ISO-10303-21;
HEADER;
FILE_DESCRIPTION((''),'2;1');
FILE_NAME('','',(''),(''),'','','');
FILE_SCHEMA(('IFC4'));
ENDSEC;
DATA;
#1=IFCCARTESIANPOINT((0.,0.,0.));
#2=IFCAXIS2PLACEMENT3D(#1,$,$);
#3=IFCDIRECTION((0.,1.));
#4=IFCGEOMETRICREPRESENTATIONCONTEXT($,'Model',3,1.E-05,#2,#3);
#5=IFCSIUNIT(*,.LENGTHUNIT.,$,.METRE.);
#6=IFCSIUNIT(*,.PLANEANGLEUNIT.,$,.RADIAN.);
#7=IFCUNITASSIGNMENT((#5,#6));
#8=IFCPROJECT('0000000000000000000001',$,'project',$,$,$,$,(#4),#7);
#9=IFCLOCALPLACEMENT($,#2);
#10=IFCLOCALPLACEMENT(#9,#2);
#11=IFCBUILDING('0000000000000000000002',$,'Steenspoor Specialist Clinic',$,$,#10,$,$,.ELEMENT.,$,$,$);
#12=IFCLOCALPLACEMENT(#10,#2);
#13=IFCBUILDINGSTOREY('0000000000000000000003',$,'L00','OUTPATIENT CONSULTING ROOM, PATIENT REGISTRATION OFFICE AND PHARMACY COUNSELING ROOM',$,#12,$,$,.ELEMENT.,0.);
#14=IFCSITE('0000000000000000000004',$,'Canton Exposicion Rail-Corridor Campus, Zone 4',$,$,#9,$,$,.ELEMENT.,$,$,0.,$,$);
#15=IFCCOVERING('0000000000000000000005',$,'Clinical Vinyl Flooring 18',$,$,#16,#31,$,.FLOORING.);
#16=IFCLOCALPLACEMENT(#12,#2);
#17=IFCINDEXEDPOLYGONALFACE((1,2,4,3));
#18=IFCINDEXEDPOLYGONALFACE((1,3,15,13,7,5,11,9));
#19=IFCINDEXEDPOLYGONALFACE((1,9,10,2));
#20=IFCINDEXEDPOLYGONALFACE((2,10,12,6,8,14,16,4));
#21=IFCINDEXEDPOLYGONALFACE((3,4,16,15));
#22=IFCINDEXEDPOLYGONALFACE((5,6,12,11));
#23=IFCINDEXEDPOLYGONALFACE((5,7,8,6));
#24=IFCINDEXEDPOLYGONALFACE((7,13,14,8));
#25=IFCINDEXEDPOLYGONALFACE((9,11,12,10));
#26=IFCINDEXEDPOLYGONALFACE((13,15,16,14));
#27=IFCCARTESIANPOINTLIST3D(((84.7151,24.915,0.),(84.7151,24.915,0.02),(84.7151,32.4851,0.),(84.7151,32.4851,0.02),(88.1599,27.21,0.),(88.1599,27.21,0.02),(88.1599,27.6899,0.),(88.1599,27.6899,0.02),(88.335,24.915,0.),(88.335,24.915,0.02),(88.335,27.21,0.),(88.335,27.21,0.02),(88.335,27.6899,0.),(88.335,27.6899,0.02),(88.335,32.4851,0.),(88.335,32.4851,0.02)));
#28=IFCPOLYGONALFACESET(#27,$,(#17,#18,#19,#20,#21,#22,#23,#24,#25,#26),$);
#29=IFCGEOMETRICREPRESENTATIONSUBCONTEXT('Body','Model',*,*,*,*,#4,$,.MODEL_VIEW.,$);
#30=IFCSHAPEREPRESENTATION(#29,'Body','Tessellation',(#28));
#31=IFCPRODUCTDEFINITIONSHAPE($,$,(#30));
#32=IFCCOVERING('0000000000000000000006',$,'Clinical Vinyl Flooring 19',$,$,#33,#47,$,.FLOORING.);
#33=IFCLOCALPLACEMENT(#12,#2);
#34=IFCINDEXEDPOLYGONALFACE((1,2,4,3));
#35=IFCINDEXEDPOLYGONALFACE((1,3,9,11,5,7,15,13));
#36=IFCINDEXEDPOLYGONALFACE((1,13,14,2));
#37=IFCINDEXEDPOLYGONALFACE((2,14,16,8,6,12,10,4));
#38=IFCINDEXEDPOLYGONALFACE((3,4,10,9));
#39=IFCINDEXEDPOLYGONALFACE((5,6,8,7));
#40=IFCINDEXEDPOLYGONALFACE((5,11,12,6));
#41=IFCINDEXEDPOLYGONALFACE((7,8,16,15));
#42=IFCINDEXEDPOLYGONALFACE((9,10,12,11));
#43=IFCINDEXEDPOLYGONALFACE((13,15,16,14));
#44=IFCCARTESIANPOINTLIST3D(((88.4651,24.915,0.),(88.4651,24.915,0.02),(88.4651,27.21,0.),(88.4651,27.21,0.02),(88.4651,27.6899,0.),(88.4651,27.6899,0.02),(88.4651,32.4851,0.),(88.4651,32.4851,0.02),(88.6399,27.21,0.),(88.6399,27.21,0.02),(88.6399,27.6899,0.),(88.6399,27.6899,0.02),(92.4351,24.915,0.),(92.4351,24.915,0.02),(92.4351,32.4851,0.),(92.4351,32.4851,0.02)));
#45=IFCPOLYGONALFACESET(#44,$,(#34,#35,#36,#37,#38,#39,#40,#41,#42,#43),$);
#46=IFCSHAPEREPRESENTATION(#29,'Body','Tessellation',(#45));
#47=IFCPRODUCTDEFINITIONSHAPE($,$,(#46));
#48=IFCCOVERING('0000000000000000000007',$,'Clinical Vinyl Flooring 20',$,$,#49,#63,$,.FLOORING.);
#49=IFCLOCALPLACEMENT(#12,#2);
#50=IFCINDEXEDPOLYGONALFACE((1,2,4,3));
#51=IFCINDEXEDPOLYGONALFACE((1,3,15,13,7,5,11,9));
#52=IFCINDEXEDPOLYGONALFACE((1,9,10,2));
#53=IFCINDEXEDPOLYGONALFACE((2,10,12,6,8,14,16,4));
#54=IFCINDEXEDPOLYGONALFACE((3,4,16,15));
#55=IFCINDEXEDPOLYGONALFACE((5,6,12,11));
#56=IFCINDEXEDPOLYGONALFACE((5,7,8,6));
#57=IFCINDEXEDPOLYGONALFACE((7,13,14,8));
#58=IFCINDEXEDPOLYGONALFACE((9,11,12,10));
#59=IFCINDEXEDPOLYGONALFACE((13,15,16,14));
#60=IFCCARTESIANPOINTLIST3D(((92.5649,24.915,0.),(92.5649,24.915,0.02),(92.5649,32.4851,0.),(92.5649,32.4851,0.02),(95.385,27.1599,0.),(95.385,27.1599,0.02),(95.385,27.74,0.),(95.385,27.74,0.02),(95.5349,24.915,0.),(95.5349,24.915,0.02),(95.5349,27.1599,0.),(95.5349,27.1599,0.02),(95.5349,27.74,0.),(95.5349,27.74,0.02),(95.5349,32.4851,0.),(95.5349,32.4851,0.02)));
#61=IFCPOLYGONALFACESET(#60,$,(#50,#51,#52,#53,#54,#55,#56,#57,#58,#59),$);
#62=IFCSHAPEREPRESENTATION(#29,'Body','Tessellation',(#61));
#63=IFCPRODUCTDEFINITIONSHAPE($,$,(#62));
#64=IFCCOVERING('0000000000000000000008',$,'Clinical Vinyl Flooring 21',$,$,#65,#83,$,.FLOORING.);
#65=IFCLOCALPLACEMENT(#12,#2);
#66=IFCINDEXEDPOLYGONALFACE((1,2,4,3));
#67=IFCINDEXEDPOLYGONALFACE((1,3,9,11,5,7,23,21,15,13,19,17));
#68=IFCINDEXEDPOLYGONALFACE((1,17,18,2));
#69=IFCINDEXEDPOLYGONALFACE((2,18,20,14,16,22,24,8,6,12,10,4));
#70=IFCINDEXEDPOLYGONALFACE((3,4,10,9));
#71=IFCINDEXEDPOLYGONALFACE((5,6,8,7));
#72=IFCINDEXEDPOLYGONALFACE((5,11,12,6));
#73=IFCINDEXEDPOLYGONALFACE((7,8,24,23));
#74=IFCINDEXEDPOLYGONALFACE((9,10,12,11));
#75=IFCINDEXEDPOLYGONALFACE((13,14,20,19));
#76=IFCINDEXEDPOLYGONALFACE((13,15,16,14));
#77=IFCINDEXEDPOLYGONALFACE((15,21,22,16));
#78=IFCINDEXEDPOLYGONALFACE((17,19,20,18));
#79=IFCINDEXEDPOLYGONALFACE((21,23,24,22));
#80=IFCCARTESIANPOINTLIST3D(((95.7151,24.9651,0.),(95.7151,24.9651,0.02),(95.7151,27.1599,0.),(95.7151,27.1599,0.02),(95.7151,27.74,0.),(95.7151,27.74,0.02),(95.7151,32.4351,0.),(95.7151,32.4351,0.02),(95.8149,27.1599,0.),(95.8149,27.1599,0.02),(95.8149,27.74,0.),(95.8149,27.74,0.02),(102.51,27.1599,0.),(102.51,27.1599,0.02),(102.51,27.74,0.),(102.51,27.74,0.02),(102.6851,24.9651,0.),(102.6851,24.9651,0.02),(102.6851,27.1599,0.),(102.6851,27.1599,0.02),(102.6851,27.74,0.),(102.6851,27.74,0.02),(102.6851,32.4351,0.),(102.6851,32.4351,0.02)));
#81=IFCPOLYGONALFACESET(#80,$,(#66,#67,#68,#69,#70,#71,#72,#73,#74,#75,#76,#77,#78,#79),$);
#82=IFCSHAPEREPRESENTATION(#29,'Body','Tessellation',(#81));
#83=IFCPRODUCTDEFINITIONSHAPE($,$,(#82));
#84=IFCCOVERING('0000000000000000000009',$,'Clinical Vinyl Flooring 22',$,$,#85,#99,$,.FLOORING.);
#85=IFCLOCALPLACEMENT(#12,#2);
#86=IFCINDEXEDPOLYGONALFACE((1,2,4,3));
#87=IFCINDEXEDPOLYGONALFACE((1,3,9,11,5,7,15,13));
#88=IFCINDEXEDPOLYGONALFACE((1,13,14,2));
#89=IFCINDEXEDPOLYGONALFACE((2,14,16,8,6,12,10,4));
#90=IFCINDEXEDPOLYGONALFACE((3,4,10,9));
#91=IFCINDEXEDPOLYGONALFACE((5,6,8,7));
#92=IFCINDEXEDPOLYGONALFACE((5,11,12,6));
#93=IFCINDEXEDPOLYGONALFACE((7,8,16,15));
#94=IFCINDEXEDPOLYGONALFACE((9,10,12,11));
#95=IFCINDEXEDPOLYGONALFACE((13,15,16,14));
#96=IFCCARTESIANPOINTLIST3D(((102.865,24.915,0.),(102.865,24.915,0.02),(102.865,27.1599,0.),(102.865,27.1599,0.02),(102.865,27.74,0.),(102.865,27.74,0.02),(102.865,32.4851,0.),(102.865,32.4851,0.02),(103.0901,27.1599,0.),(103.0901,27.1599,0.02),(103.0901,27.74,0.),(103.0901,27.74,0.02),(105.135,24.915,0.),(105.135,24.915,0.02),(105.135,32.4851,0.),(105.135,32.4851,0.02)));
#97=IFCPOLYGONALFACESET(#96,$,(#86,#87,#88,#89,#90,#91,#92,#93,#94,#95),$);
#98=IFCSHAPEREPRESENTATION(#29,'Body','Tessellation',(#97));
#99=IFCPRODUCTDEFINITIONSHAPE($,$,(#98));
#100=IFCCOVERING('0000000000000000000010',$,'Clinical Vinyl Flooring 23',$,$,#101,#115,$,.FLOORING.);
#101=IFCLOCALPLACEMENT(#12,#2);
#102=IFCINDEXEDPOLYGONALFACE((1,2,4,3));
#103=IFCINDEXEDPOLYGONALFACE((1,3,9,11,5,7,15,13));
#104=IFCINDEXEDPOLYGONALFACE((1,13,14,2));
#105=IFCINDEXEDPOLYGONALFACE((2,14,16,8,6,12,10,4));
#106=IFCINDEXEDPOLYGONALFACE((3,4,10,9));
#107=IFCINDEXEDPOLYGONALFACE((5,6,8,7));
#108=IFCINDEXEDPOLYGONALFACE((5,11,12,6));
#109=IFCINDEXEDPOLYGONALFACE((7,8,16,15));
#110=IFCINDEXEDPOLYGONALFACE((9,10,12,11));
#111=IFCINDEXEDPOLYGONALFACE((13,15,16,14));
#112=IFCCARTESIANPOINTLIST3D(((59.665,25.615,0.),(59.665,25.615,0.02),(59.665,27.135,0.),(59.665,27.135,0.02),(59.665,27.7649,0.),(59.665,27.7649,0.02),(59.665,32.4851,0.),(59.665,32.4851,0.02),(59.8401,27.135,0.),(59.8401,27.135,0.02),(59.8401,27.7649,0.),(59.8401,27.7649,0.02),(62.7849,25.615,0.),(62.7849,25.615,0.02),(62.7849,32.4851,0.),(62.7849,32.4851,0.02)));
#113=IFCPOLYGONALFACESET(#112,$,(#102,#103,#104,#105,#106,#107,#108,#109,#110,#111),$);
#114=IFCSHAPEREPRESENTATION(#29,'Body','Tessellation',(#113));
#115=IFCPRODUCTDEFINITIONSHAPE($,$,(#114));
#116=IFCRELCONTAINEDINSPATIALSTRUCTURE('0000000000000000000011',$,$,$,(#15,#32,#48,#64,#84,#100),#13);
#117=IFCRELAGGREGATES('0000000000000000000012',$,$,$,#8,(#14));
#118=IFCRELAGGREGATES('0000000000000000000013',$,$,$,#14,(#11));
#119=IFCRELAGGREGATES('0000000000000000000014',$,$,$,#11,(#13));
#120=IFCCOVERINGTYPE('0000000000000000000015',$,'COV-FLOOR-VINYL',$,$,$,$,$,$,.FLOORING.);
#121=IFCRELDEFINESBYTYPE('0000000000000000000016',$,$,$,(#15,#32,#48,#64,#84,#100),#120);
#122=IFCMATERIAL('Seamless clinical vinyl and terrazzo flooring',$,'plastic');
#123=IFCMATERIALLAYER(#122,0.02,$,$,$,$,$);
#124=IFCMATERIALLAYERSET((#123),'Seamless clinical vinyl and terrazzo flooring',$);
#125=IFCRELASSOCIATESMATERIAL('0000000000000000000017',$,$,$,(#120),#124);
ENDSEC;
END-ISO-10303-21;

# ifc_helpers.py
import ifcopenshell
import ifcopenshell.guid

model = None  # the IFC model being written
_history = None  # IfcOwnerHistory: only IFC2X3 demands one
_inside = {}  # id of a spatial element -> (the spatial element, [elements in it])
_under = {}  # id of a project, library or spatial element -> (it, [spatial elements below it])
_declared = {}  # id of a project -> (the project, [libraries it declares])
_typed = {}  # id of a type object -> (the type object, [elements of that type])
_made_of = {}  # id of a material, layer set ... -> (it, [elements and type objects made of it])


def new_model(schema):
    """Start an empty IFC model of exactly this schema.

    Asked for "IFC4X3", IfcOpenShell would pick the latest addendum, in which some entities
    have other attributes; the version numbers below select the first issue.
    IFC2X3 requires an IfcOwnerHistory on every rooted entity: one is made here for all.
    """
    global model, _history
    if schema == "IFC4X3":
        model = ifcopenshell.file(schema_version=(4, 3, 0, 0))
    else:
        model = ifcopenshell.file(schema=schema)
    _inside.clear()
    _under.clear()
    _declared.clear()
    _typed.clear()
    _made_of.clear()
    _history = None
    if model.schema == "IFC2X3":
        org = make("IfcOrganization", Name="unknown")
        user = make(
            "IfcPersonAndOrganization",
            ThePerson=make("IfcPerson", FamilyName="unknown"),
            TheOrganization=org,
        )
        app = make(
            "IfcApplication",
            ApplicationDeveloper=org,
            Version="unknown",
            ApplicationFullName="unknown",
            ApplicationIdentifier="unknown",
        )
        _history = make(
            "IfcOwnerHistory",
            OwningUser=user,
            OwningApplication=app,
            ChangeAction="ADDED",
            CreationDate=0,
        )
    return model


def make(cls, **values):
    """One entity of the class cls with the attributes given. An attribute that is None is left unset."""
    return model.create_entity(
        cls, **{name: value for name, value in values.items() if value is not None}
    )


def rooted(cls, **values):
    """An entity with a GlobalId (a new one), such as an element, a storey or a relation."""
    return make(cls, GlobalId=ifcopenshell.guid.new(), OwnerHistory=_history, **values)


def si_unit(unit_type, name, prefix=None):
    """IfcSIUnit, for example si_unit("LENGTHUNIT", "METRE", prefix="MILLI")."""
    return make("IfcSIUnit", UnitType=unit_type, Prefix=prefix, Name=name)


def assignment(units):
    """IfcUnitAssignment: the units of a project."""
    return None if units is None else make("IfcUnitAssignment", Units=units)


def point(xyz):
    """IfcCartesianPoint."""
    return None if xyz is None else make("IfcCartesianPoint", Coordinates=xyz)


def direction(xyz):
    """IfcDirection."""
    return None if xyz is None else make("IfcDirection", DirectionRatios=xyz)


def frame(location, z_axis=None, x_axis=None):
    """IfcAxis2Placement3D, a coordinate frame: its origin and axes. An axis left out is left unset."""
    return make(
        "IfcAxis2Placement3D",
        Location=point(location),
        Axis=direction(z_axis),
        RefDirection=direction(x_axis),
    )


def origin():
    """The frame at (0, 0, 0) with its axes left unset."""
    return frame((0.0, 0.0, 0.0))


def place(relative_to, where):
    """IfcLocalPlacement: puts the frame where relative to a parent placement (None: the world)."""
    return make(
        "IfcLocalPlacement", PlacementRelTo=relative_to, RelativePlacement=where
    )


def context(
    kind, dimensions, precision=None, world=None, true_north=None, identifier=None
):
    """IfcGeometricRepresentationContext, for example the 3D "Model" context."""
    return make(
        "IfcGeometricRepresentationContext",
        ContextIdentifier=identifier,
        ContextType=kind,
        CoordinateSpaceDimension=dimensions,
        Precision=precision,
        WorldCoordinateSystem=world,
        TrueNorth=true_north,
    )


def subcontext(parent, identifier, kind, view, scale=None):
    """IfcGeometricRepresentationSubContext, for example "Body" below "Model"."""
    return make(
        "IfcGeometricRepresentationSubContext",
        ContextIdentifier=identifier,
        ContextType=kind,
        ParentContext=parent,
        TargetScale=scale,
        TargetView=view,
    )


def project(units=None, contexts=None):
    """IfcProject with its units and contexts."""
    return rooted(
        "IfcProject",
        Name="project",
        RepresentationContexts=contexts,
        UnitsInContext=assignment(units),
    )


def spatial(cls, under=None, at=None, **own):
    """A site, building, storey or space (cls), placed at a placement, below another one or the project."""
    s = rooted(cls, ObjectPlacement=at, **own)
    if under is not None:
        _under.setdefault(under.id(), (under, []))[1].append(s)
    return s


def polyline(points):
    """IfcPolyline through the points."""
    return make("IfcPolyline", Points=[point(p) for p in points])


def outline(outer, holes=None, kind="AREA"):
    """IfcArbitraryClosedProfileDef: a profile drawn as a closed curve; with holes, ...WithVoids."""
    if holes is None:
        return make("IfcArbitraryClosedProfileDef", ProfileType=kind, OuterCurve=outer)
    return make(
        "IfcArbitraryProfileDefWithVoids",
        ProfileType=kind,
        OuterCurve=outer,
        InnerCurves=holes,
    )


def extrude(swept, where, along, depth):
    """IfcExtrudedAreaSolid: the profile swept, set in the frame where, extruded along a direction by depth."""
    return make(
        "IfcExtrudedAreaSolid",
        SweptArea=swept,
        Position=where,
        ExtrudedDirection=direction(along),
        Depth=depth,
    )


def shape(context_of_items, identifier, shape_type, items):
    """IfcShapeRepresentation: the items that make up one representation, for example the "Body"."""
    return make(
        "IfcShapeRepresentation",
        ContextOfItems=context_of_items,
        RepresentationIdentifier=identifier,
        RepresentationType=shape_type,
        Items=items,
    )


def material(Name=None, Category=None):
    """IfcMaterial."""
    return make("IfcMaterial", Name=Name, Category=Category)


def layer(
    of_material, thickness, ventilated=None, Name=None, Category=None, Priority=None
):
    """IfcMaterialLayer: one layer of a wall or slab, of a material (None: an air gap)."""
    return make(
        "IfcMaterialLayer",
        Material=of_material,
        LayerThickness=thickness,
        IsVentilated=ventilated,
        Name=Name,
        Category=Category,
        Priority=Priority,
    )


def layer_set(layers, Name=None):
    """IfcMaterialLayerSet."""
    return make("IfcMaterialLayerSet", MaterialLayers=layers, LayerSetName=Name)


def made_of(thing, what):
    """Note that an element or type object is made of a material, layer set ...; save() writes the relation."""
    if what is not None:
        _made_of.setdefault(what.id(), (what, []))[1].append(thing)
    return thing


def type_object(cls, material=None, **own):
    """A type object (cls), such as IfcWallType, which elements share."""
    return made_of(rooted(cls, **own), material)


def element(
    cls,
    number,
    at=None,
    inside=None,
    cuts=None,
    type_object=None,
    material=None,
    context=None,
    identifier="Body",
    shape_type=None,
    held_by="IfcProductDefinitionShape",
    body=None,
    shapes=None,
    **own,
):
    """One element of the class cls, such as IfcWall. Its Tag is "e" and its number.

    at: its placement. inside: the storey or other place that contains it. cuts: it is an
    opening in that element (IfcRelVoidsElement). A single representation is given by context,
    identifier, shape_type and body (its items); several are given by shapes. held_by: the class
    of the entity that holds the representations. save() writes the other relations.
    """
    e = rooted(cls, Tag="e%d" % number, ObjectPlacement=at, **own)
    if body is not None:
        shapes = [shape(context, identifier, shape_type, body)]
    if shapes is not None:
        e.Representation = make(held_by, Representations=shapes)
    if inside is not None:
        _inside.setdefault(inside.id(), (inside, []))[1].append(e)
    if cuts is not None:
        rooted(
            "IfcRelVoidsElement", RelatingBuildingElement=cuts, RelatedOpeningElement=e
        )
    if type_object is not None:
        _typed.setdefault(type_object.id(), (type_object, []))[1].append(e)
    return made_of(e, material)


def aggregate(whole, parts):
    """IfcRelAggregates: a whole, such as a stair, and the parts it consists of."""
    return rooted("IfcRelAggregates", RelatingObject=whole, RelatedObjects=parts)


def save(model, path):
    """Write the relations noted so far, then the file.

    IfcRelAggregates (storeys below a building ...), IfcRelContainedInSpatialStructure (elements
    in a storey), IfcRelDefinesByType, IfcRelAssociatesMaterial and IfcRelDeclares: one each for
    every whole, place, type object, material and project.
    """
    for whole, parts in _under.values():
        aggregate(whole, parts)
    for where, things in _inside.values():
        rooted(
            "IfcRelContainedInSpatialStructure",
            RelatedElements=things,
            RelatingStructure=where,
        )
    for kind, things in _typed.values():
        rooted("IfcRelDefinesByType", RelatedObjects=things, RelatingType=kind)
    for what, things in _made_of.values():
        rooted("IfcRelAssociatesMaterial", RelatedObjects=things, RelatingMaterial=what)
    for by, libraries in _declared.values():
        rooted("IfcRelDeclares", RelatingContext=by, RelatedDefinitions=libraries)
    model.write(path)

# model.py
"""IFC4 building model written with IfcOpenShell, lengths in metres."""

from ifc_helpers import new_model, si_unit, direction, origin, place, context, subcontext, project, spatial, polyline, outline, extrude, material, layer, layer_set, type_object, element, save


model = new_model("IFC4")

# Units and contexts
model_context = context("Model", 3, precision=1e-05, world=origin(), true_north=direction((0.0, 1.0)))
body_context = subcontext(model_context, "Body", "Model", "MODEL_VIEW")
ifc_project = project(units=[si_unit("LENGTHUNIT", "METRE"), si_unit("PLANEANGLEUNIT", "RADIAN")], contexts=[model_context])

# Site, building, storey
site_placement = place(None, origin())
site = spatial("IfcSite", under=ifc_project, at=site_placement, Name="Canton Exposicion Rail-Corridor Campus, Zone 4", CompositionType="ELEMENT", RefElevation=0.0)
building_placement = place(site_placement, origin())
building = spatial("IfcBuilding", under=site, at=building_placement, Name="Steenspoor Specialist Clinic", CompositionType="ELEMENT")
storey_placement = place(building_placement, origin())
storey = spatial("IfcBuildingStorey", under=building, at=storey_placement, Name="L00", Description="OUTPATIENT CONSULTING ROOM, PATIENT REGISTRATION OFFICE AND PHARMACY COUNSELING ROOM", CompositionType="ELEMENT", Elevation=0.0)

# Coverings
ifc_material_1 = material(Name="Seamless clinical vinyl and terrazzo flooring", Category="plastic")
ifc_layer_1 = layer(ifc_material_1, 0.02)
ifc_layer_set_1 = layer_set([ifc_layer_1], Name="Seamless clinical vinyl and terrazzo flooring")
covering_type = type_object("IfcCoveringType", Name="COV-FLOOR-VINYL", PredefinedType="FLOORING", material=ifc_layer_set_1)
covering_1_placement = place(storey_placement, origin())
element("IfcCovering", 1, at=covering_1_placement, inside=storey, type_object=covering_type, Name="Clinical Vinyl Flooring 18", PredefinedType="FLOORING", context=body_context, shape_type="SweptSolid", body=[
    extrude(outline(polyline([(88.335, 32.4851), (88.335, 27.6899), (88.1599, 27.6899), (88.1599, 27.21), (88.335, 27.21), (88.335, 24.915), (84.7151, 24.915), (84.7151, 32.4851), (88.335, 32.4851)])), origin(), (0.0, 0.0, 1.0), 0.02),
])
covering_2_placement = place(storey_placement, origin())
element("IfcCovering", 2, at=covering_2_placement, inside=storey, type_object=covering_type, Name="Clinical Vinyl Flooring 19", PredefinedType="FLOORING", context=body_context, shape_type="SweptSolid", body=[
    extrude(outline(polyline([(92.4351, 32.4851), (92.4351, 24.915), (88.4651, 24.915), (88.4651, 27.21), (88.6399, 27.21), (88.6399, 27.6899), (88.4651, 27.6899), (88.4651, 32.4851), (92.4351, 32.4851)])), origin(), (0.0, 0.0, 1.0), 0.02),
])
covering_3_placement = place(storey_placement, origin())
element("IfcCovering", 3, at=covering_3_placement, inside=storey, type_object=covering_type, Name="Clinical Vinyl Flooring 20", PredefinedType="FLOORING", context=body_context, shape_type="SweptSolid", body=[
    extrude(outline(polyline([(95.5349, 32.4851), (95.5349, 27.74), (95.385, 27.74), (95.385, 27.1599), (95.5349, 27.1599), (95.5349, 24.915), (92.5649, 24.915), (92.5649, 32.4851), (95.5349, 32.4851)])), origin(), (0.0, 0.0, 1.0), 0.02),
])
covering_4_placement = place(storey_placement, origin())
element("IfcCovering", 4, at=covering_4_placement, inside=storey, type_object=covering_type, Name="Clinical Vinyl Flooring 21", PredefinedType="FLOORING", context=body_context, shape_type="SweptSolid", body=[
    extrude(outline(polyline([(102.6851, 32.4351), (102.6851, 27.74), (102.51, 27.74), (102.51, 27.1599), (102.6851, 27.1599), (102.6851, 24.9651), (95.7151, 24.9651), (95.7151, 27.1599), (95.8149, 27.1599), (95.8149, 27.74), (95.7151, 27.74), (95.7151, 32.4351), (102.6851, 32.4351)])), origin(), (0.0, 0.0, 1.0), 0.02),
])
covering_5_placement = place(storey_placement, origin())
element("IfcCovering", 5, at=covering_5_placement, inside=storey, type_object=covering_type, Name="Clinical Vinyl Flooring 22", PredefinedType="FLOORING", context=body_context, shape_type="SweptSolid", body=[
    extrude(outline(polyline([(105.135, 32.4851), (105.135, 24.915), (102.865, 24.915), (102.865, 27.1599), (103.0901, 27.1599), (103.0901, 27.74), (102.865, 27.74), (102.865, 32.4851), (105.135, 32.4851)])), origin(), (0.0, 0.0, 1.0), 0.02),
])
covering_6_placement = place(storey_placement, origin())
element("IfcCovering", 6, at=covering_6_placement, inside=storey, type_object=covering_type, Name="Clinical Vinyl Flooring 23", PredefinedType="FLOORING", context=body_context, shape_type="SweptSolid", body=[
    extrude(outline(polyline([(62.7849, 32.4851), (62.7849, 25.615), (59.665, 25.615), (59.665, 27.135), (59.8401, 27.135), (59.8401, 27.7649), (59.665, 27.7649), (59.665, 32.4851), (62.7849, 32.4851)])), origin(), (0.0, 0.0, 1.0), 0.02),
])

save(model, "model.ifc")
